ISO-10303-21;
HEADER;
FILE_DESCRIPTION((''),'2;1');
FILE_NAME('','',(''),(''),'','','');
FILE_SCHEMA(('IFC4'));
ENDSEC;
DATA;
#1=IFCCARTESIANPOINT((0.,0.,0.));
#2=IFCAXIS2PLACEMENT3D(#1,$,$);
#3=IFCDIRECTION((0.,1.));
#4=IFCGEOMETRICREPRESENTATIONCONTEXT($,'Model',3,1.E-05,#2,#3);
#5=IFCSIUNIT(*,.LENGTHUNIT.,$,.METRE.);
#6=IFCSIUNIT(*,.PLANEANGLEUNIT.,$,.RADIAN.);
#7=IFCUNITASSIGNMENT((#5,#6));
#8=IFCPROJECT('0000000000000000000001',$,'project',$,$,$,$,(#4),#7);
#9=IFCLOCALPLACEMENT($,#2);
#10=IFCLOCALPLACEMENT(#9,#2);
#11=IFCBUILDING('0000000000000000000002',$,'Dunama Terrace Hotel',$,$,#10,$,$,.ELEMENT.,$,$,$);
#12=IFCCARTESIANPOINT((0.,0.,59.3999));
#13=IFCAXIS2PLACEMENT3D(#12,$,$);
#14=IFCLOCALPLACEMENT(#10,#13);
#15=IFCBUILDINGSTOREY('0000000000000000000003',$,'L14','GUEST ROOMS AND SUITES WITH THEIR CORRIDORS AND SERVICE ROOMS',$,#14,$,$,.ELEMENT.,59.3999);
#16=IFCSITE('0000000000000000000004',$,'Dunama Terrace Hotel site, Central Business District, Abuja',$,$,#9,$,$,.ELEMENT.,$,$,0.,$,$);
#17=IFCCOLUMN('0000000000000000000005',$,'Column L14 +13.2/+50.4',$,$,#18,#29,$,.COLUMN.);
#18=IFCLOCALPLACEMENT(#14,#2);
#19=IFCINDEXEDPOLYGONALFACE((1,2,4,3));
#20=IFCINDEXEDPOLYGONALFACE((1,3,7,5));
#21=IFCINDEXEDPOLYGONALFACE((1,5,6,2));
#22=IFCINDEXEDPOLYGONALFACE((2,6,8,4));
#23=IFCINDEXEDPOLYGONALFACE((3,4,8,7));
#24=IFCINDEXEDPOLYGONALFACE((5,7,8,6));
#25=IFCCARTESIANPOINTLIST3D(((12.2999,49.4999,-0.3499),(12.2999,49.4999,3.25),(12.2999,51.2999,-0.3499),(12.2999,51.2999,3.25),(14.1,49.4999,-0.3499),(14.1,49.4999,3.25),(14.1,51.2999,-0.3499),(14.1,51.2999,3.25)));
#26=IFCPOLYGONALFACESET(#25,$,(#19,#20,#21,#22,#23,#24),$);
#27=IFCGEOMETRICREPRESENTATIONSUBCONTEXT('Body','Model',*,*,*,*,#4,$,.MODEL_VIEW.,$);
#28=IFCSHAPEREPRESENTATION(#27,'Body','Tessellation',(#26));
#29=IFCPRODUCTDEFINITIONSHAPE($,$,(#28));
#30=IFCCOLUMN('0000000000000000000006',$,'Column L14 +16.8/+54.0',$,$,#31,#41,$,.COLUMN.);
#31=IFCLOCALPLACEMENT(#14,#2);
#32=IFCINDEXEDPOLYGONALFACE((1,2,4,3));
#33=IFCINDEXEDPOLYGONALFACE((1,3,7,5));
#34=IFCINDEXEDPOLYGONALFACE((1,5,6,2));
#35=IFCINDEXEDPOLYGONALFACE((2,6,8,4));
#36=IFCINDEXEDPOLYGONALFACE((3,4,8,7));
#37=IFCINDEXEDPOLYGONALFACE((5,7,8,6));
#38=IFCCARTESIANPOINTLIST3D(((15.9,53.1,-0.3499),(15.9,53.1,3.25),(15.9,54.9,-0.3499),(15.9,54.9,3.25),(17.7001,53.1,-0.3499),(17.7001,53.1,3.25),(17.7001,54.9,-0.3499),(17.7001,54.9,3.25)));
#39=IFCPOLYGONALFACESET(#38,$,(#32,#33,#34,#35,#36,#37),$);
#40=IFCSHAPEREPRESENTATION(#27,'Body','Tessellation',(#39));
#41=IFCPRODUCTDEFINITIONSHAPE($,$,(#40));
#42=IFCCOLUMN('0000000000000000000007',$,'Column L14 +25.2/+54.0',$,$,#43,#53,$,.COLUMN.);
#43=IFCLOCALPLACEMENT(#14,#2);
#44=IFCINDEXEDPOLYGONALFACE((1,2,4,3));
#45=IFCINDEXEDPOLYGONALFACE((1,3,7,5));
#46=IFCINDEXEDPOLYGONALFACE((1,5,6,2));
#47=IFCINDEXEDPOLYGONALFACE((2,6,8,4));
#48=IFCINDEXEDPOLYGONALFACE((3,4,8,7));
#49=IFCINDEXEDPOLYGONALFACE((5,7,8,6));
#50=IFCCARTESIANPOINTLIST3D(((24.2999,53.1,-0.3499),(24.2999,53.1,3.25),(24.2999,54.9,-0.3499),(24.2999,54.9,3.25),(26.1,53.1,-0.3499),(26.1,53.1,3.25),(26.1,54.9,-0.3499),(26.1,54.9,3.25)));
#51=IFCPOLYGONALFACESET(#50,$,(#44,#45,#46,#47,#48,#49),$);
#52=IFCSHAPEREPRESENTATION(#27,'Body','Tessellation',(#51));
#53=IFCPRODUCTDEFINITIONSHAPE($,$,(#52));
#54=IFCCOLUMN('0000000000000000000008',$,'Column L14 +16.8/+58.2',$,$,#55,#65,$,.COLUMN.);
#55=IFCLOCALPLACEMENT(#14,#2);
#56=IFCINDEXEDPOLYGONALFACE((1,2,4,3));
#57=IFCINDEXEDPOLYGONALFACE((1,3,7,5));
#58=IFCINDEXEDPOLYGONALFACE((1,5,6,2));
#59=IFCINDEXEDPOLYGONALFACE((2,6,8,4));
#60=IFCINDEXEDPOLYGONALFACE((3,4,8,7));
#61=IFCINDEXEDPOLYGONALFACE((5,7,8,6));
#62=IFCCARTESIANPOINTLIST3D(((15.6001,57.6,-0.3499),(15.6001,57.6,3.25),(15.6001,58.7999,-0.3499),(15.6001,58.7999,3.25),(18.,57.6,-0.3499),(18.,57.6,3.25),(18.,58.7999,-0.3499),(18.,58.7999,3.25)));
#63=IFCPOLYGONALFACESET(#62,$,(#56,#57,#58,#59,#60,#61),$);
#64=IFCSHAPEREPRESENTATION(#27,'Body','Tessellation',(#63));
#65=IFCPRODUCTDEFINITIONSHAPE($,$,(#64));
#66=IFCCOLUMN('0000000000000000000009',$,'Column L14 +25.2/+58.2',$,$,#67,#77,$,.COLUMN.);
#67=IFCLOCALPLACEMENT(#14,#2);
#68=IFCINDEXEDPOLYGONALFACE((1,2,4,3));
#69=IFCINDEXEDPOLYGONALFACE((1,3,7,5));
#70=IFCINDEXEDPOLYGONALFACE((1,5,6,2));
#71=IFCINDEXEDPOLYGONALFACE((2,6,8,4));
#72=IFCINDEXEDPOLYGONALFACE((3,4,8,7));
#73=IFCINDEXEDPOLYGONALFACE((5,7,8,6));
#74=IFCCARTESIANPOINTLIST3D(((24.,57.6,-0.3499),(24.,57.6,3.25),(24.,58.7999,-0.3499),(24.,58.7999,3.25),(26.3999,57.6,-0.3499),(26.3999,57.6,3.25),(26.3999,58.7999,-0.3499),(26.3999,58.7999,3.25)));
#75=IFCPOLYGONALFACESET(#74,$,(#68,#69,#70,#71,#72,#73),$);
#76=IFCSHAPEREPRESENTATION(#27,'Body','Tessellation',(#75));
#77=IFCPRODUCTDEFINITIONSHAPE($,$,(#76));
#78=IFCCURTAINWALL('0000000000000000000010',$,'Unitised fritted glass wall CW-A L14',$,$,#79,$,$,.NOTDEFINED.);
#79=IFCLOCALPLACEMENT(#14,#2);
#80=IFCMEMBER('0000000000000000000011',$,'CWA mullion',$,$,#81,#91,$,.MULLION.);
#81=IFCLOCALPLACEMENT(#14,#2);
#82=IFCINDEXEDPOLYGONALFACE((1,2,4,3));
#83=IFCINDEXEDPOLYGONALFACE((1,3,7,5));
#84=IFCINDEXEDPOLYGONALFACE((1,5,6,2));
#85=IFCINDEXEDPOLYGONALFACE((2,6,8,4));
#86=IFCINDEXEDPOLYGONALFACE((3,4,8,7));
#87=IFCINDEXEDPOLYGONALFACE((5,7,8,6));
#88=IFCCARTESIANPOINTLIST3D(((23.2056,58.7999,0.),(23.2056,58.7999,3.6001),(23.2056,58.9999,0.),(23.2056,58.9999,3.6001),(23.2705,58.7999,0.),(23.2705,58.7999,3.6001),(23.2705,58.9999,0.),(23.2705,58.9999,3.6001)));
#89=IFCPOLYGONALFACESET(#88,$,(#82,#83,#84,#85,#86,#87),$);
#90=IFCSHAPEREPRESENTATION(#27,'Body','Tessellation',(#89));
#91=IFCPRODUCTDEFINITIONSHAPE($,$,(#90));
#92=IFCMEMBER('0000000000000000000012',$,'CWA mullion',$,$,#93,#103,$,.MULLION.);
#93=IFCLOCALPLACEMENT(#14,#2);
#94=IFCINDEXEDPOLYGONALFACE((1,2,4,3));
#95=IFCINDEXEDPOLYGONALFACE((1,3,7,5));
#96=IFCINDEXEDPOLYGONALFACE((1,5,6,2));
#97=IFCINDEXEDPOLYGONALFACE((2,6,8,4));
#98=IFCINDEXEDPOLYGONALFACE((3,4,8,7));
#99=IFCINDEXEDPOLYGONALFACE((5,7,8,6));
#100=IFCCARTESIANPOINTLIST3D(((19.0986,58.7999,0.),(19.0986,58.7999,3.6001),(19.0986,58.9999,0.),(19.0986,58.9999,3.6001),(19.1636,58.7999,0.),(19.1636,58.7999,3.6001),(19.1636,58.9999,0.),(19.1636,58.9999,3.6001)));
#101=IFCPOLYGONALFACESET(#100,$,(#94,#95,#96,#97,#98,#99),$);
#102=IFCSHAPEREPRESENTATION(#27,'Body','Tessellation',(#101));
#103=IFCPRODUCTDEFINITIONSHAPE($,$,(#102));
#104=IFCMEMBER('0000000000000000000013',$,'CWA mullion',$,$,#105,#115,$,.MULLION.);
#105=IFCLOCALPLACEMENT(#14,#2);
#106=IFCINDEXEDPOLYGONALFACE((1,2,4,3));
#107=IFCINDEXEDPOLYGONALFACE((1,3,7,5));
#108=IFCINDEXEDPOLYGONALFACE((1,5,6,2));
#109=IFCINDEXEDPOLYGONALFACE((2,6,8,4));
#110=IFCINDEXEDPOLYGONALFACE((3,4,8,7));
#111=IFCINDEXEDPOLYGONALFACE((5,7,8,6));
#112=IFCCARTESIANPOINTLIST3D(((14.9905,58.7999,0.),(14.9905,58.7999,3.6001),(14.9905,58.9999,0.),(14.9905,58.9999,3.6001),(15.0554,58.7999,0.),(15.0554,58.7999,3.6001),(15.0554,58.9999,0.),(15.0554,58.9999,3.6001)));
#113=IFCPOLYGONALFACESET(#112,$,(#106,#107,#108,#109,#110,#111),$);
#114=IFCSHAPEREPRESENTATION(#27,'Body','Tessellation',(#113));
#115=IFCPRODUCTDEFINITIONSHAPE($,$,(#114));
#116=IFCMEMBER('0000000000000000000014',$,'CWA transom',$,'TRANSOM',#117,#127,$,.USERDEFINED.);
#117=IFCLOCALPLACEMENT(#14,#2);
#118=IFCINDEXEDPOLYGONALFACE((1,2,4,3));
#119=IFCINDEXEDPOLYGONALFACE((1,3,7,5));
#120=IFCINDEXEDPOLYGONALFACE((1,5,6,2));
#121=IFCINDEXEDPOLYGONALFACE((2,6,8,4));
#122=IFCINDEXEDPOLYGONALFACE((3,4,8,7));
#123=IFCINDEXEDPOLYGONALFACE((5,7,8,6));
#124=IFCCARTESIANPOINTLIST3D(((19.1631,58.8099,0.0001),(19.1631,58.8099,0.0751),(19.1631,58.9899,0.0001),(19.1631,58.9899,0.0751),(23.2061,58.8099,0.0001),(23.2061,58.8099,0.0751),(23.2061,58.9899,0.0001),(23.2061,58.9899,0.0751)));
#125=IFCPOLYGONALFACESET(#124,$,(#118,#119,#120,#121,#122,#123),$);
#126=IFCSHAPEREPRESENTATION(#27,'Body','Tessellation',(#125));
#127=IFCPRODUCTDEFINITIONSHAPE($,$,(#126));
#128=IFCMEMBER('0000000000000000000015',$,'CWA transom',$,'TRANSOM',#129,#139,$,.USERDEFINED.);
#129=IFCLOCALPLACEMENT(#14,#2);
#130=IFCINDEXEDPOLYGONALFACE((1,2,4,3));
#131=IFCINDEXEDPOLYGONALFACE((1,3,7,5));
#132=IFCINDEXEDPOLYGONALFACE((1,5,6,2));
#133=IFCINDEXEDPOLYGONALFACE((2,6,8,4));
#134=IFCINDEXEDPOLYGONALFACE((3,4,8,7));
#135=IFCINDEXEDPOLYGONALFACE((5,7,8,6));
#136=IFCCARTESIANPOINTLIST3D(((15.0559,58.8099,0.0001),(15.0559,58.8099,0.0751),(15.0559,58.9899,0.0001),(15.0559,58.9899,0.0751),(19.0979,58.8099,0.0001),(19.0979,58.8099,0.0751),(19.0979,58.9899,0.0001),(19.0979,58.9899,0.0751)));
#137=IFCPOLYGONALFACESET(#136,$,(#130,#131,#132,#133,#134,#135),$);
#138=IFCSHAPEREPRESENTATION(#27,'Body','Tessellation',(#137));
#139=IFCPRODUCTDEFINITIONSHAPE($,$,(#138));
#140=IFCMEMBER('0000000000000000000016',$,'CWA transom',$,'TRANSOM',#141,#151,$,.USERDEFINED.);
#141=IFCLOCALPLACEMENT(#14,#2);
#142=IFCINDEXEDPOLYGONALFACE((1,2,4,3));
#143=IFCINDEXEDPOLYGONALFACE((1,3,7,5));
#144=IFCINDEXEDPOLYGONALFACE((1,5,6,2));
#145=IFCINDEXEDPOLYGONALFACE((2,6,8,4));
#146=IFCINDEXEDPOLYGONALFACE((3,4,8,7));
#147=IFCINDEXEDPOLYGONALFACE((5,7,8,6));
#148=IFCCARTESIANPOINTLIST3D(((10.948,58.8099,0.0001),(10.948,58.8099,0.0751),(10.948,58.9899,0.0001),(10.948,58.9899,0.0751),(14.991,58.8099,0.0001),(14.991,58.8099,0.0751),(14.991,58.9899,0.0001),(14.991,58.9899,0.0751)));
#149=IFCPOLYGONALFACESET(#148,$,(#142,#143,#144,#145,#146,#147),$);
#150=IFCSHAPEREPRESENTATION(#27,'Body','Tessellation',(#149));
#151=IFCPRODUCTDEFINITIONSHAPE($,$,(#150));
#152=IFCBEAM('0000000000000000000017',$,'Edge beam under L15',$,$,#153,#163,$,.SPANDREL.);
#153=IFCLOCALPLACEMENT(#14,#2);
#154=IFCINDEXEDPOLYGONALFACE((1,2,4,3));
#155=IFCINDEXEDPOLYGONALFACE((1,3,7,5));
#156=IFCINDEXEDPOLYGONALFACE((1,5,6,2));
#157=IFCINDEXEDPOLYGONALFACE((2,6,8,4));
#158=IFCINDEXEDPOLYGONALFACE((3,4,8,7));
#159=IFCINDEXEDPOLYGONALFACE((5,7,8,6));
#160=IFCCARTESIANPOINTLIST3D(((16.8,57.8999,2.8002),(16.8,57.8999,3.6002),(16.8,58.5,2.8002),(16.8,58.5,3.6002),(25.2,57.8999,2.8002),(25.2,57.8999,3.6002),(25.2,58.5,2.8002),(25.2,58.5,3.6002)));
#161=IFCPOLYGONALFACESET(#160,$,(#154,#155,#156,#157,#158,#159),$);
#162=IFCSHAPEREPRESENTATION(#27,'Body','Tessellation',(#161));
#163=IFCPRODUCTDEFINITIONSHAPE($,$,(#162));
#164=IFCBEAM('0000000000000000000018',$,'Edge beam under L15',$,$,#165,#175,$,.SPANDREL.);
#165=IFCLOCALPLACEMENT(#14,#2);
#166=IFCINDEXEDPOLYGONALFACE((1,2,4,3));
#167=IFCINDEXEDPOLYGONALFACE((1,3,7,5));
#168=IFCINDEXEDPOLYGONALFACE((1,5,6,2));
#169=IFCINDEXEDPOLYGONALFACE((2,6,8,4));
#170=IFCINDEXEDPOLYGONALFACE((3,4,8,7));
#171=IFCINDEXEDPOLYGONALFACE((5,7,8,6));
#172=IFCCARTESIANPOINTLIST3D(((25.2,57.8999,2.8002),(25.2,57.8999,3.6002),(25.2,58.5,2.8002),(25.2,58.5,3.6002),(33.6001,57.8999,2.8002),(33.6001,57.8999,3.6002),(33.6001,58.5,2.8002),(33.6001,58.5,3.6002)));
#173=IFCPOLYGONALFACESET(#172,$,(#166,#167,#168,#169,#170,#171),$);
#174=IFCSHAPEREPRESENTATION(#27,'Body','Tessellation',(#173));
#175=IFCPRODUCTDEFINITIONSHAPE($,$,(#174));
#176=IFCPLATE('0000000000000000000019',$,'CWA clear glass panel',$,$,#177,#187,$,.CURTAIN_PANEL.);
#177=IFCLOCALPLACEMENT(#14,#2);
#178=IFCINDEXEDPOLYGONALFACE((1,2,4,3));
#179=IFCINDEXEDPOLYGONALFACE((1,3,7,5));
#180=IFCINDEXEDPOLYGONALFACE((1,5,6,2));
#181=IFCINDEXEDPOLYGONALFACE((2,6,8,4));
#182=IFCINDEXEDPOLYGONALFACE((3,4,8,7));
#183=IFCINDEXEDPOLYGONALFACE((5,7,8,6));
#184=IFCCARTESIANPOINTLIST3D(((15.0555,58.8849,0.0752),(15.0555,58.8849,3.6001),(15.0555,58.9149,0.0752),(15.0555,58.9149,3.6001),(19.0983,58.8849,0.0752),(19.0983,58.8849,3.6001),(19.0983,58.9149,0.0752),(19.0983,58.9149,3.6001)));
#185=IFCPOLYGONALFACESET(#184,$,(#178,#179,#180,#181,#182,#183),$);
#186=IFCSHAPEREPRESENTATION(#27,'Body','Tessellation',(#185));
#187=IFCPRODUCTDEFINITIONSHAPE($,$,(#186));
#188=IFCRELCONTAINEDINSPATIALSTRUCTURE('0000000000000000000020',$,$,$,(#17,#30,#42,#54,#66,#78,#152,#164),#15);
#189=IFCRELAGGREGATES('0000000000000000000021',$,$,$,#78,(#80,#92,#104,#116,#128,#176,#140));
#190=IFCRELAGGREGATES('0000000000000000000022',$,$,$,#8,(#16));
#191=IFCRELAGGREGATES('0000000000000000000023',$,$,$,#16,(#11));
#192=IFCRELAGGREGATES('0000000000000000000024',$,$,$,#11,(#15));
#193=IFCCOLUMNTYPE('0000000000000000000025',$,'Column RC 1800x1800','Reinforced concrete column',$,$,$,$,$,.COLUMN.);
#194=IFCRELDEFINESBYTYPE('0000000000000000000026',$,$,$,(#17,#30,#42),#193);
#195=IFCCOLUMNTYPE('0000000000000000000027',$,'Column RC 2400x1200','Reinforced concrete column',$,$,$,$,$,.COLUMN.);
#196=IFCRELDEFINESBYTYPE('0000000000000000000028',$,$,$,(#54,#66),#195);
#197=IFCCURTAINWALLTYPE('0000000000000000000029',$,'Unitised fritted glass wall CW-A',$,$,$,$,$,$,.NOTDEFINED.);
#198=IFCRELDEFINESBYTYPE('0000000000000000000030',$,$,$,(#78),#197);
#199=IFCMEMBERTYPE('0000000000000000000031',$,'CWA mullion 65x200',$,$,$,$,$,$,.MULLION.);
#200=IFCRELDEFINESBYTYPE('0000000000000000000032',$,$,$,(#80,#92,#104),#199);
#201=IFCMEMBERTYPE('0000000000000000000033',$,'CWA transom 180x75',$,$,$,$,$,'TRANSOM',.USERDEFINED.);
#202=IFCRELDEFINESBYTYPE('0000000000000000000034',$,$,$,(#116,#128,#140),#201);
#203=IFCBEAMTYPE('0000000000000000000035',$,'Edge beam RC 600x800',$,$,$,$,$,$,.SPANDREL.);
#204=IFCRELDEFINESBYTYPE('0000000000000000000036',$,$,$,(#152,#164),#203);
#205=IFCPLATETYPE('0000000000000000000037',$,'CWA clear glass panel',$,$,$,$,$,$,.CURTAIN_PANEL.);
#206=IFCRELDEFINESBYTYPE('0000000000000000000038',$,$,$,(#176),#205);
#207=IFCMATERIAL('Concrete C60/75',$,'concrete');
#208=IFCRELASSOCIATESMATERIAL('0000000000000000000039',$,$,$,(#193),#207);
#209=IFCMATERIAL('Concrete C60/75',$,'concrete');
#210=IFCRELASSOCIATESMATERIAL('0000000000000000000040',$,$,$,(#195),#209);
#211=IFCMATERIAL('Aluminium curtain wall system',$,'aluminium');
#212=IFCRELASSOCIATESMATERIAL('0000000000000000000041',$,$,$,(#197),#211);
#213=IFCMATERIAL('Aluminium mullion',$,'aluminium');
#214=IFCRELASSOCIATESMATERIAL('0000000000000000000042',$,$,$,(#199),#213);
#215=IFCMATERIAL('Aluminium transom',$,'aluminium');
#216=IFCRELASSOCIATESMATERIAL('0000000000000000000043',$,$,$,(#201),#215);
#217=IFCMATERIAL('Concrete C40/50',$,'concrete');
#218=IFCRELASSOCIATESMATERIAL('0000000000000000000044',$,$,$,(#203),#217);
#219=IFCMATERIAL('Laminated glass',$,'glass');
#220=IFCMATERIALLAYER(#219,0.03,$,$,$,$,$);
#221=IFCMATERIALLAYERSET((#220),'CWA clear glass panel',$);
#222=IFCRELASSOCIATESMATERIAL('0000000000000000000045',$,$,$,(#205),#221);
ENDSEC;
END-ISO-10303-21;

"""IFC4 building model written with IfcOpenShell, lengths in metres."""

from ifc_helpers import new_model, si_unit, direction, frame, origin, origin_2d, place, context, subcontext, project, spatial, rectangle, extrude, material, layer, layer_set, material_profile, profile_set, type_object, element, aggregate, save


model = new_model("IFC4")

# Units and contexts
model_context = context("Model", 3, precision=1e-05, world=origin(), true_north=direction((0.0, 1.0)))
body_context = subcontext(model_context, "Body", "Model", "MODEL_VIEW")
ifc_project = project(units=[si_unit("LENGTHUNIT", "METRE"), si_unit("PLANEANGLEUNIT", "RADIAN")], contexts=[model_context])

# Site, building, storey
site_placement = place(None, origin())
site = spatial("IfcSite", under=ifc_project, at=site_placement, Name="Dunama Terrace Hotel site, Central Business District, Abuja", CompositionType="ELEMENT", RefElevation=0.0)
building_placement = place(site_placement, origin())
building = spatial("IfcBuilding", under=site, at=building_placement, Name="Dunama Terrace Hotel", CompositionType="ELEMENT")
storey_placement = place(building_placement, frame((0.0, 0.0, 59.3999)))
storey = spatial("IfcBuildingStorey", under=building, at=storey_placement, Name="L14", Description="GUEST ROOMS AND SUITES WITH THEIR CORRIDORS AND SERVICE ROOMS", CompositionType="ELEMENT", Elevation=59.3999)

# Columns
ifc_material_1 = material(Name="Concrete C60/75", Category="concrete")
ifc_material_profile_1 = material_profile(ifc_material_1, rectangle(XDim=1.8, YDim=1.8, at=origin_2d()), Name="RC 1800x1800")
ifc_profile_set_1 = profile_set([ifc_material_profile_1], Name="Concrete C60/75")
column_type_1 = type_object("IfcColumnType", Name="Column RC 1800x1800", Description="Reinforced concrete column", PredefinedType="COLUMN", material=ifc_profile_set_1)
for number, where, z_axis, x_axis, name in (
    (1, (13.2, 50.3999, -0.3499), (0.0, 0.0, 1.0), (1.0, 0.0, 0.0), "Column L14 +13.2/+50.4"),
    (2, (16.8, 54.0, -0.3499), (0.0, 0.0, 1.0), (1.0, 0.0, 0.0), "Column L14 +16.8/+54.0"),
    (3, (25.2, 54.0, -0.3499), (0.0, 0.0, 1.0), (1.0, 0.0, 0.0), "Column L14 +25.2/+54.0"),
):
    element("IfcColumn", number, at=place(storey_placement, frame(where, z_axis=z_axis, x_axis=x_axis)), inside=storey, type_object=column_type_1, Name=name, PredefinedType="COLUMN", context=body_context, shape_type="SweptSolid", body=[
        extrude(rectangle(XDim=1.8, YDim=1.8, at=origin_2d()), origin(), (0.0, 0.0, 1.0), 3.5999),
    ])
ifc_material_2 = material(Name="Concrete C60/75", Category="concrete")
ifc_material_profile_2 = material_profile(ifc_material_2, rectangle(XDim=2.3999, YDim=1.2, at=origin_2d()), Name="RC 2400x1200")
ifc_profile_set_2 = profile_set([ifc_material_profile_2], Name="Concrete C60/75")
column_type_2 = type_object("IfcColumnType", Name="Column RC 2400x1200", Description="Reinforced concrete column", PredefinedType="COLUMN", material=ifc_profile_set_2)
for number, where, z_axis, x_axis, name in (
    (4, (16.8, 58.2, -0.3499), (0.0, 0.0, 1.0), (1.0, 0.0, 0.0), "Column L14 +16.8/+58.2"),
    (5, (25.2, 58.2, -0.3499), (0.0, 0.0, 1.0), (1.0, 0.0, 0.0), "Column L14 +25.2/+58.2"),
):
    element("IfcColumn", number, at=place(storey_placement, frame(where, z_axis=z_axis, x_axis=x_axis)), inside=storey, type_object=column_type_2, Name=name, PredefinedType="COLUMN", context=body_context, shape_type="SweptSolid", body=[
        extrude(rectangle(XDim=2.3999, YDim=1.2, at=origin_2d()), origin(), (0.0, 0.0, 1.0), 3.5999),
    ])

# Curtain wall, members
ifc_material_3 = material(Name="Aluminium curtain wall system", Category="aluminium")
curtain_wall_type = type_object("IfcCurtainWallType", Name="Unitised fritted glass wall CW-A", PredefinedType="NOTDEFINED", material=ifc_material_3)
curtain_wall_placement = place(storey_placement, origin())
curtain_wall = element("IfcCurtainWall", 6, at=curtain_wall_placement, inside=storey, type_object=curtain_wall_type, Name="Unitised fritted glass wall CW-A L14", PredefinedType="NOTDEFINED")
ifc_material_4 = material(Name="Aluminium mullion", Category="aluminium")
ifc_material_profile_3 = material_profile(ifc_material_4, rectangle(XDim=0.0649, YDim=0.2, at=origin_2d()), Name="CWA MULLION 65X200")
ifc_profile_set_3 = profile_set([ifc_material_profile_3], Name="Aluminium mullion")
member_type_1 = type_object("IfcMemberType", Name="CWA mullion 65x200", PredefinedType="MULLION", material=ifc_profile_set_3)
member_1_placement = place(storey_placement, frame((23.238, 58.8999, 0.0), z_axis=(0.0, 0.0, 1.0), x_axis=(-1.0, 0.0, 0.0)))
member_1 = element("IfcMember", 7, at=member_1_placement, type_object=member_type_1, Name="CWA mullion", PredefinedType="MULLION", context=body_context, shape_type="SweptSolid", body=[
    extrude(rectangle(XDim=0.0649, YDim=0.2, at=origin_2d()), origin(), (0.0, 0.0, 1.0), 3.6001),
])
member_2_placement = place(storey_placement, frame((19.1311, 58.8999, 0.0), z_axis=(0.0, 0.0, 1.0), x_axis=(-1.0, 0.0, 0.0)))
member_2 = element("IfcMember", 8, at=member_2_placement, type_object=member_type_1, Name="CWA mullion", PredefinedType="MULLION", context=body_context, shape_type="SweptSolid", body=[
    extrude(rectangle(XDim=0.0649, YDim=0.2, at=origin_2d()), origin(), (0.0, 0.0, 1.0), 3.6001),
])
member_3_placement = place(storey_placement, frame((15.0229, 58.8999, 0.0), z_axis=(0.0, 0.0, 1.0), x_axis=(-1.0, 0.0, 0.0)))
member_3 = element("IfcMember", 9, at=member_3_placement, type_object=member_type_1, Name="CWA mullion", PredefinedType="MULLION", context=body_context, shape_type="SweptSolid", body=[
    extrude(rectangle(XDim=0.0649, YDim=0.2, at=origin_2d()), origin(), (0.0, 0.0, 1.0), 3.6001),
])
ifc_material_5 = material(Name="Aluminium transom", Category="aluminium")
ifc_material_profile_4 = material_profile(ifc_material_5, rectangle(XDim=0.1799, YDim=0.075, at=origin_2d()), Name="CWA TRANSOM 180X75")
ifc_profile_set_4 = profile_set([ifc_material_profile_4], Name="Aluminium transom")
member_type_2 = type_object("IfcMemberType", Name="CWA transom 180x75", ElementType="TRANSOM", PredefinedType="USERDEFINED", material=ifc_profile_set_4)
member_4_placement = place(storey_placement, frame((23.2061, 58.8999, 0.0376), z_axis=(-1.0, 0.0, 0.0), x_axis=(0.0, -1.0, 0.0)))
member_4 = element("IfcMember", 10, at=member_4_placement, type_object=member_type_2, Name="CWA transom", ObjectType="TRANSOM", PredefinedType="USERDEFINED", context=body_context, shape_type="SweptSolid", body=[
    extrude(rectangle(XDim=0.1799, YDim=0.075, at=origin_2d()), origin(), (0.0, 0.0, 1.0), 4.043),
])
member_5_placement = place(storey_placement, frame((19.0979, 58.8999, 0.0376), z_axis=(-1.0, 0.0, 0.0), x_axis=(0.0, -1.0, 0.0)))
member_5 = element("IfcMember", 11, at=member_5_placement, type_object=member_type_2, Name="CWA transom", ObjectType="TRANSOM", PredefinedType="USERDEFINED", context=body_context, shape_type="SweptSolid", body=[
    extrude(rectangle(XDim=0.1799, YDim=0.075, at=origin_2d()), origin(), (0.0, 0.0, 1.0), 4.042),
])
member_6_placement = place(storey_placement, frame((14.991, 58.8999, 0.0376), z_axis=(-1.0, 0.0, 0.0), x_axis=(0.0, -1.0, 0.0)))
member_6 = element("IfcMember", 12, at=member_6_placement, type_object=member_type_2, Name="CWA transom", ObjectType="TRANSOM", PredefinedType="USERDEFINED", context=body_context, shape_type="SweptSolid", body=[
    extrude(rectangle(XDim=0.1799, YDim=0.075, at=origin_2d()), origin(), (0.0, 0.0, 1.0), 4.043),
])

# Beams
ifc_material_6 = material(Name="Concrete C40/50", Category="concrete")
ifc_material_profile_5 = material_profile(ifc_material_6, rectangle(XDim=0.6001, YDim=0.8, at=origin_2d()), Name="RC 600x800")
ifc_profile_set_5 = profile_set([ifc_material_profile_5], Name="Concrete C40/50")
beam_type = type_object("IfcBeamType", Name="Edge beam RC 600x800", PredefinedType="SPANDREL", material=ifc_profile_set_5)
beam_1_placement = place(storey_placement, frame((16.8, 58.2, 3.2002), z_axis=(1.0, 0.0, 0.0), x_axis=(0.0, 1.0, 0.0)))
element("IfcBeam", 13, at=beam_1_placement, inside=storey, type_object=beam_type, Name="Edge beam under L15", PredefinedType="SPANDREL", context=body_context, shape_type="SweptSolid", body=[
    extrude(rectangle(XDim=0.6001, YDim=0.8, at=origin_2d()), origin(), (0.0, 0.0, 1.0), 8.3999),
])
beam_2_placement = place(storey_placement, frame((25.2, 58.2, 3.2002), z_axis=(1.0, 0.0, 0.0), x_axis=(0.0, 1.0, 0.0)))
element("IfcBeam", 14, at=beam_2_placement, inside=storey, type_object=beam_type, Name="Edge beam under L15", PredefinedType="SPANDREL", context=body_context, shape_type="SweptSolid", body=[
    extrude(rectangle(XDim=0.6001, YDim=0.8, at=origin_2d()), origin(), (0.0, 0.0, 1.0), 8.4001),
])

# Plate
ifc_material_7 = material(Name="Laminated glass", Category="glass")
ifc_layer_1 = layer(ifc_material_7, 0.03)
ifc_layer_set_1 = layer_set([ifc_layer_1], Name="CWA clear glass panel")
plate_type_1 = type_object("IfcPlateType", Name="CWA clear glass panel", PredefinedType="CURTAIN_PANEL", material=ifc_layer_set_1)
plate_1_placement = place(storey_placement, frame((17.0769, 58.8999, 0.0752), z_axis=(0.0, 0.0, 1.0), x_axis=(-1.0, 0.0, 0.0)))
plate_1 = element("IfcPlate", 15, at=plate_1_placement, type_object=plate_type_1, Name="CWA clear glass panel", PredefinedType="CURTAIN_PANEL", context=body_context, shape_type="SweptSolid", body=[
    extrude(rectangle(XDim=4.0427, YDim=0.03, at=origin_2d()), origin(), (0.0, 0.0, 1.0), 3.5249),
])
aggregate(curtain_wall, [member_1, member_2, member_3, member_4, member_5, plate_1, member_6])

save(model, "model.ifc")
